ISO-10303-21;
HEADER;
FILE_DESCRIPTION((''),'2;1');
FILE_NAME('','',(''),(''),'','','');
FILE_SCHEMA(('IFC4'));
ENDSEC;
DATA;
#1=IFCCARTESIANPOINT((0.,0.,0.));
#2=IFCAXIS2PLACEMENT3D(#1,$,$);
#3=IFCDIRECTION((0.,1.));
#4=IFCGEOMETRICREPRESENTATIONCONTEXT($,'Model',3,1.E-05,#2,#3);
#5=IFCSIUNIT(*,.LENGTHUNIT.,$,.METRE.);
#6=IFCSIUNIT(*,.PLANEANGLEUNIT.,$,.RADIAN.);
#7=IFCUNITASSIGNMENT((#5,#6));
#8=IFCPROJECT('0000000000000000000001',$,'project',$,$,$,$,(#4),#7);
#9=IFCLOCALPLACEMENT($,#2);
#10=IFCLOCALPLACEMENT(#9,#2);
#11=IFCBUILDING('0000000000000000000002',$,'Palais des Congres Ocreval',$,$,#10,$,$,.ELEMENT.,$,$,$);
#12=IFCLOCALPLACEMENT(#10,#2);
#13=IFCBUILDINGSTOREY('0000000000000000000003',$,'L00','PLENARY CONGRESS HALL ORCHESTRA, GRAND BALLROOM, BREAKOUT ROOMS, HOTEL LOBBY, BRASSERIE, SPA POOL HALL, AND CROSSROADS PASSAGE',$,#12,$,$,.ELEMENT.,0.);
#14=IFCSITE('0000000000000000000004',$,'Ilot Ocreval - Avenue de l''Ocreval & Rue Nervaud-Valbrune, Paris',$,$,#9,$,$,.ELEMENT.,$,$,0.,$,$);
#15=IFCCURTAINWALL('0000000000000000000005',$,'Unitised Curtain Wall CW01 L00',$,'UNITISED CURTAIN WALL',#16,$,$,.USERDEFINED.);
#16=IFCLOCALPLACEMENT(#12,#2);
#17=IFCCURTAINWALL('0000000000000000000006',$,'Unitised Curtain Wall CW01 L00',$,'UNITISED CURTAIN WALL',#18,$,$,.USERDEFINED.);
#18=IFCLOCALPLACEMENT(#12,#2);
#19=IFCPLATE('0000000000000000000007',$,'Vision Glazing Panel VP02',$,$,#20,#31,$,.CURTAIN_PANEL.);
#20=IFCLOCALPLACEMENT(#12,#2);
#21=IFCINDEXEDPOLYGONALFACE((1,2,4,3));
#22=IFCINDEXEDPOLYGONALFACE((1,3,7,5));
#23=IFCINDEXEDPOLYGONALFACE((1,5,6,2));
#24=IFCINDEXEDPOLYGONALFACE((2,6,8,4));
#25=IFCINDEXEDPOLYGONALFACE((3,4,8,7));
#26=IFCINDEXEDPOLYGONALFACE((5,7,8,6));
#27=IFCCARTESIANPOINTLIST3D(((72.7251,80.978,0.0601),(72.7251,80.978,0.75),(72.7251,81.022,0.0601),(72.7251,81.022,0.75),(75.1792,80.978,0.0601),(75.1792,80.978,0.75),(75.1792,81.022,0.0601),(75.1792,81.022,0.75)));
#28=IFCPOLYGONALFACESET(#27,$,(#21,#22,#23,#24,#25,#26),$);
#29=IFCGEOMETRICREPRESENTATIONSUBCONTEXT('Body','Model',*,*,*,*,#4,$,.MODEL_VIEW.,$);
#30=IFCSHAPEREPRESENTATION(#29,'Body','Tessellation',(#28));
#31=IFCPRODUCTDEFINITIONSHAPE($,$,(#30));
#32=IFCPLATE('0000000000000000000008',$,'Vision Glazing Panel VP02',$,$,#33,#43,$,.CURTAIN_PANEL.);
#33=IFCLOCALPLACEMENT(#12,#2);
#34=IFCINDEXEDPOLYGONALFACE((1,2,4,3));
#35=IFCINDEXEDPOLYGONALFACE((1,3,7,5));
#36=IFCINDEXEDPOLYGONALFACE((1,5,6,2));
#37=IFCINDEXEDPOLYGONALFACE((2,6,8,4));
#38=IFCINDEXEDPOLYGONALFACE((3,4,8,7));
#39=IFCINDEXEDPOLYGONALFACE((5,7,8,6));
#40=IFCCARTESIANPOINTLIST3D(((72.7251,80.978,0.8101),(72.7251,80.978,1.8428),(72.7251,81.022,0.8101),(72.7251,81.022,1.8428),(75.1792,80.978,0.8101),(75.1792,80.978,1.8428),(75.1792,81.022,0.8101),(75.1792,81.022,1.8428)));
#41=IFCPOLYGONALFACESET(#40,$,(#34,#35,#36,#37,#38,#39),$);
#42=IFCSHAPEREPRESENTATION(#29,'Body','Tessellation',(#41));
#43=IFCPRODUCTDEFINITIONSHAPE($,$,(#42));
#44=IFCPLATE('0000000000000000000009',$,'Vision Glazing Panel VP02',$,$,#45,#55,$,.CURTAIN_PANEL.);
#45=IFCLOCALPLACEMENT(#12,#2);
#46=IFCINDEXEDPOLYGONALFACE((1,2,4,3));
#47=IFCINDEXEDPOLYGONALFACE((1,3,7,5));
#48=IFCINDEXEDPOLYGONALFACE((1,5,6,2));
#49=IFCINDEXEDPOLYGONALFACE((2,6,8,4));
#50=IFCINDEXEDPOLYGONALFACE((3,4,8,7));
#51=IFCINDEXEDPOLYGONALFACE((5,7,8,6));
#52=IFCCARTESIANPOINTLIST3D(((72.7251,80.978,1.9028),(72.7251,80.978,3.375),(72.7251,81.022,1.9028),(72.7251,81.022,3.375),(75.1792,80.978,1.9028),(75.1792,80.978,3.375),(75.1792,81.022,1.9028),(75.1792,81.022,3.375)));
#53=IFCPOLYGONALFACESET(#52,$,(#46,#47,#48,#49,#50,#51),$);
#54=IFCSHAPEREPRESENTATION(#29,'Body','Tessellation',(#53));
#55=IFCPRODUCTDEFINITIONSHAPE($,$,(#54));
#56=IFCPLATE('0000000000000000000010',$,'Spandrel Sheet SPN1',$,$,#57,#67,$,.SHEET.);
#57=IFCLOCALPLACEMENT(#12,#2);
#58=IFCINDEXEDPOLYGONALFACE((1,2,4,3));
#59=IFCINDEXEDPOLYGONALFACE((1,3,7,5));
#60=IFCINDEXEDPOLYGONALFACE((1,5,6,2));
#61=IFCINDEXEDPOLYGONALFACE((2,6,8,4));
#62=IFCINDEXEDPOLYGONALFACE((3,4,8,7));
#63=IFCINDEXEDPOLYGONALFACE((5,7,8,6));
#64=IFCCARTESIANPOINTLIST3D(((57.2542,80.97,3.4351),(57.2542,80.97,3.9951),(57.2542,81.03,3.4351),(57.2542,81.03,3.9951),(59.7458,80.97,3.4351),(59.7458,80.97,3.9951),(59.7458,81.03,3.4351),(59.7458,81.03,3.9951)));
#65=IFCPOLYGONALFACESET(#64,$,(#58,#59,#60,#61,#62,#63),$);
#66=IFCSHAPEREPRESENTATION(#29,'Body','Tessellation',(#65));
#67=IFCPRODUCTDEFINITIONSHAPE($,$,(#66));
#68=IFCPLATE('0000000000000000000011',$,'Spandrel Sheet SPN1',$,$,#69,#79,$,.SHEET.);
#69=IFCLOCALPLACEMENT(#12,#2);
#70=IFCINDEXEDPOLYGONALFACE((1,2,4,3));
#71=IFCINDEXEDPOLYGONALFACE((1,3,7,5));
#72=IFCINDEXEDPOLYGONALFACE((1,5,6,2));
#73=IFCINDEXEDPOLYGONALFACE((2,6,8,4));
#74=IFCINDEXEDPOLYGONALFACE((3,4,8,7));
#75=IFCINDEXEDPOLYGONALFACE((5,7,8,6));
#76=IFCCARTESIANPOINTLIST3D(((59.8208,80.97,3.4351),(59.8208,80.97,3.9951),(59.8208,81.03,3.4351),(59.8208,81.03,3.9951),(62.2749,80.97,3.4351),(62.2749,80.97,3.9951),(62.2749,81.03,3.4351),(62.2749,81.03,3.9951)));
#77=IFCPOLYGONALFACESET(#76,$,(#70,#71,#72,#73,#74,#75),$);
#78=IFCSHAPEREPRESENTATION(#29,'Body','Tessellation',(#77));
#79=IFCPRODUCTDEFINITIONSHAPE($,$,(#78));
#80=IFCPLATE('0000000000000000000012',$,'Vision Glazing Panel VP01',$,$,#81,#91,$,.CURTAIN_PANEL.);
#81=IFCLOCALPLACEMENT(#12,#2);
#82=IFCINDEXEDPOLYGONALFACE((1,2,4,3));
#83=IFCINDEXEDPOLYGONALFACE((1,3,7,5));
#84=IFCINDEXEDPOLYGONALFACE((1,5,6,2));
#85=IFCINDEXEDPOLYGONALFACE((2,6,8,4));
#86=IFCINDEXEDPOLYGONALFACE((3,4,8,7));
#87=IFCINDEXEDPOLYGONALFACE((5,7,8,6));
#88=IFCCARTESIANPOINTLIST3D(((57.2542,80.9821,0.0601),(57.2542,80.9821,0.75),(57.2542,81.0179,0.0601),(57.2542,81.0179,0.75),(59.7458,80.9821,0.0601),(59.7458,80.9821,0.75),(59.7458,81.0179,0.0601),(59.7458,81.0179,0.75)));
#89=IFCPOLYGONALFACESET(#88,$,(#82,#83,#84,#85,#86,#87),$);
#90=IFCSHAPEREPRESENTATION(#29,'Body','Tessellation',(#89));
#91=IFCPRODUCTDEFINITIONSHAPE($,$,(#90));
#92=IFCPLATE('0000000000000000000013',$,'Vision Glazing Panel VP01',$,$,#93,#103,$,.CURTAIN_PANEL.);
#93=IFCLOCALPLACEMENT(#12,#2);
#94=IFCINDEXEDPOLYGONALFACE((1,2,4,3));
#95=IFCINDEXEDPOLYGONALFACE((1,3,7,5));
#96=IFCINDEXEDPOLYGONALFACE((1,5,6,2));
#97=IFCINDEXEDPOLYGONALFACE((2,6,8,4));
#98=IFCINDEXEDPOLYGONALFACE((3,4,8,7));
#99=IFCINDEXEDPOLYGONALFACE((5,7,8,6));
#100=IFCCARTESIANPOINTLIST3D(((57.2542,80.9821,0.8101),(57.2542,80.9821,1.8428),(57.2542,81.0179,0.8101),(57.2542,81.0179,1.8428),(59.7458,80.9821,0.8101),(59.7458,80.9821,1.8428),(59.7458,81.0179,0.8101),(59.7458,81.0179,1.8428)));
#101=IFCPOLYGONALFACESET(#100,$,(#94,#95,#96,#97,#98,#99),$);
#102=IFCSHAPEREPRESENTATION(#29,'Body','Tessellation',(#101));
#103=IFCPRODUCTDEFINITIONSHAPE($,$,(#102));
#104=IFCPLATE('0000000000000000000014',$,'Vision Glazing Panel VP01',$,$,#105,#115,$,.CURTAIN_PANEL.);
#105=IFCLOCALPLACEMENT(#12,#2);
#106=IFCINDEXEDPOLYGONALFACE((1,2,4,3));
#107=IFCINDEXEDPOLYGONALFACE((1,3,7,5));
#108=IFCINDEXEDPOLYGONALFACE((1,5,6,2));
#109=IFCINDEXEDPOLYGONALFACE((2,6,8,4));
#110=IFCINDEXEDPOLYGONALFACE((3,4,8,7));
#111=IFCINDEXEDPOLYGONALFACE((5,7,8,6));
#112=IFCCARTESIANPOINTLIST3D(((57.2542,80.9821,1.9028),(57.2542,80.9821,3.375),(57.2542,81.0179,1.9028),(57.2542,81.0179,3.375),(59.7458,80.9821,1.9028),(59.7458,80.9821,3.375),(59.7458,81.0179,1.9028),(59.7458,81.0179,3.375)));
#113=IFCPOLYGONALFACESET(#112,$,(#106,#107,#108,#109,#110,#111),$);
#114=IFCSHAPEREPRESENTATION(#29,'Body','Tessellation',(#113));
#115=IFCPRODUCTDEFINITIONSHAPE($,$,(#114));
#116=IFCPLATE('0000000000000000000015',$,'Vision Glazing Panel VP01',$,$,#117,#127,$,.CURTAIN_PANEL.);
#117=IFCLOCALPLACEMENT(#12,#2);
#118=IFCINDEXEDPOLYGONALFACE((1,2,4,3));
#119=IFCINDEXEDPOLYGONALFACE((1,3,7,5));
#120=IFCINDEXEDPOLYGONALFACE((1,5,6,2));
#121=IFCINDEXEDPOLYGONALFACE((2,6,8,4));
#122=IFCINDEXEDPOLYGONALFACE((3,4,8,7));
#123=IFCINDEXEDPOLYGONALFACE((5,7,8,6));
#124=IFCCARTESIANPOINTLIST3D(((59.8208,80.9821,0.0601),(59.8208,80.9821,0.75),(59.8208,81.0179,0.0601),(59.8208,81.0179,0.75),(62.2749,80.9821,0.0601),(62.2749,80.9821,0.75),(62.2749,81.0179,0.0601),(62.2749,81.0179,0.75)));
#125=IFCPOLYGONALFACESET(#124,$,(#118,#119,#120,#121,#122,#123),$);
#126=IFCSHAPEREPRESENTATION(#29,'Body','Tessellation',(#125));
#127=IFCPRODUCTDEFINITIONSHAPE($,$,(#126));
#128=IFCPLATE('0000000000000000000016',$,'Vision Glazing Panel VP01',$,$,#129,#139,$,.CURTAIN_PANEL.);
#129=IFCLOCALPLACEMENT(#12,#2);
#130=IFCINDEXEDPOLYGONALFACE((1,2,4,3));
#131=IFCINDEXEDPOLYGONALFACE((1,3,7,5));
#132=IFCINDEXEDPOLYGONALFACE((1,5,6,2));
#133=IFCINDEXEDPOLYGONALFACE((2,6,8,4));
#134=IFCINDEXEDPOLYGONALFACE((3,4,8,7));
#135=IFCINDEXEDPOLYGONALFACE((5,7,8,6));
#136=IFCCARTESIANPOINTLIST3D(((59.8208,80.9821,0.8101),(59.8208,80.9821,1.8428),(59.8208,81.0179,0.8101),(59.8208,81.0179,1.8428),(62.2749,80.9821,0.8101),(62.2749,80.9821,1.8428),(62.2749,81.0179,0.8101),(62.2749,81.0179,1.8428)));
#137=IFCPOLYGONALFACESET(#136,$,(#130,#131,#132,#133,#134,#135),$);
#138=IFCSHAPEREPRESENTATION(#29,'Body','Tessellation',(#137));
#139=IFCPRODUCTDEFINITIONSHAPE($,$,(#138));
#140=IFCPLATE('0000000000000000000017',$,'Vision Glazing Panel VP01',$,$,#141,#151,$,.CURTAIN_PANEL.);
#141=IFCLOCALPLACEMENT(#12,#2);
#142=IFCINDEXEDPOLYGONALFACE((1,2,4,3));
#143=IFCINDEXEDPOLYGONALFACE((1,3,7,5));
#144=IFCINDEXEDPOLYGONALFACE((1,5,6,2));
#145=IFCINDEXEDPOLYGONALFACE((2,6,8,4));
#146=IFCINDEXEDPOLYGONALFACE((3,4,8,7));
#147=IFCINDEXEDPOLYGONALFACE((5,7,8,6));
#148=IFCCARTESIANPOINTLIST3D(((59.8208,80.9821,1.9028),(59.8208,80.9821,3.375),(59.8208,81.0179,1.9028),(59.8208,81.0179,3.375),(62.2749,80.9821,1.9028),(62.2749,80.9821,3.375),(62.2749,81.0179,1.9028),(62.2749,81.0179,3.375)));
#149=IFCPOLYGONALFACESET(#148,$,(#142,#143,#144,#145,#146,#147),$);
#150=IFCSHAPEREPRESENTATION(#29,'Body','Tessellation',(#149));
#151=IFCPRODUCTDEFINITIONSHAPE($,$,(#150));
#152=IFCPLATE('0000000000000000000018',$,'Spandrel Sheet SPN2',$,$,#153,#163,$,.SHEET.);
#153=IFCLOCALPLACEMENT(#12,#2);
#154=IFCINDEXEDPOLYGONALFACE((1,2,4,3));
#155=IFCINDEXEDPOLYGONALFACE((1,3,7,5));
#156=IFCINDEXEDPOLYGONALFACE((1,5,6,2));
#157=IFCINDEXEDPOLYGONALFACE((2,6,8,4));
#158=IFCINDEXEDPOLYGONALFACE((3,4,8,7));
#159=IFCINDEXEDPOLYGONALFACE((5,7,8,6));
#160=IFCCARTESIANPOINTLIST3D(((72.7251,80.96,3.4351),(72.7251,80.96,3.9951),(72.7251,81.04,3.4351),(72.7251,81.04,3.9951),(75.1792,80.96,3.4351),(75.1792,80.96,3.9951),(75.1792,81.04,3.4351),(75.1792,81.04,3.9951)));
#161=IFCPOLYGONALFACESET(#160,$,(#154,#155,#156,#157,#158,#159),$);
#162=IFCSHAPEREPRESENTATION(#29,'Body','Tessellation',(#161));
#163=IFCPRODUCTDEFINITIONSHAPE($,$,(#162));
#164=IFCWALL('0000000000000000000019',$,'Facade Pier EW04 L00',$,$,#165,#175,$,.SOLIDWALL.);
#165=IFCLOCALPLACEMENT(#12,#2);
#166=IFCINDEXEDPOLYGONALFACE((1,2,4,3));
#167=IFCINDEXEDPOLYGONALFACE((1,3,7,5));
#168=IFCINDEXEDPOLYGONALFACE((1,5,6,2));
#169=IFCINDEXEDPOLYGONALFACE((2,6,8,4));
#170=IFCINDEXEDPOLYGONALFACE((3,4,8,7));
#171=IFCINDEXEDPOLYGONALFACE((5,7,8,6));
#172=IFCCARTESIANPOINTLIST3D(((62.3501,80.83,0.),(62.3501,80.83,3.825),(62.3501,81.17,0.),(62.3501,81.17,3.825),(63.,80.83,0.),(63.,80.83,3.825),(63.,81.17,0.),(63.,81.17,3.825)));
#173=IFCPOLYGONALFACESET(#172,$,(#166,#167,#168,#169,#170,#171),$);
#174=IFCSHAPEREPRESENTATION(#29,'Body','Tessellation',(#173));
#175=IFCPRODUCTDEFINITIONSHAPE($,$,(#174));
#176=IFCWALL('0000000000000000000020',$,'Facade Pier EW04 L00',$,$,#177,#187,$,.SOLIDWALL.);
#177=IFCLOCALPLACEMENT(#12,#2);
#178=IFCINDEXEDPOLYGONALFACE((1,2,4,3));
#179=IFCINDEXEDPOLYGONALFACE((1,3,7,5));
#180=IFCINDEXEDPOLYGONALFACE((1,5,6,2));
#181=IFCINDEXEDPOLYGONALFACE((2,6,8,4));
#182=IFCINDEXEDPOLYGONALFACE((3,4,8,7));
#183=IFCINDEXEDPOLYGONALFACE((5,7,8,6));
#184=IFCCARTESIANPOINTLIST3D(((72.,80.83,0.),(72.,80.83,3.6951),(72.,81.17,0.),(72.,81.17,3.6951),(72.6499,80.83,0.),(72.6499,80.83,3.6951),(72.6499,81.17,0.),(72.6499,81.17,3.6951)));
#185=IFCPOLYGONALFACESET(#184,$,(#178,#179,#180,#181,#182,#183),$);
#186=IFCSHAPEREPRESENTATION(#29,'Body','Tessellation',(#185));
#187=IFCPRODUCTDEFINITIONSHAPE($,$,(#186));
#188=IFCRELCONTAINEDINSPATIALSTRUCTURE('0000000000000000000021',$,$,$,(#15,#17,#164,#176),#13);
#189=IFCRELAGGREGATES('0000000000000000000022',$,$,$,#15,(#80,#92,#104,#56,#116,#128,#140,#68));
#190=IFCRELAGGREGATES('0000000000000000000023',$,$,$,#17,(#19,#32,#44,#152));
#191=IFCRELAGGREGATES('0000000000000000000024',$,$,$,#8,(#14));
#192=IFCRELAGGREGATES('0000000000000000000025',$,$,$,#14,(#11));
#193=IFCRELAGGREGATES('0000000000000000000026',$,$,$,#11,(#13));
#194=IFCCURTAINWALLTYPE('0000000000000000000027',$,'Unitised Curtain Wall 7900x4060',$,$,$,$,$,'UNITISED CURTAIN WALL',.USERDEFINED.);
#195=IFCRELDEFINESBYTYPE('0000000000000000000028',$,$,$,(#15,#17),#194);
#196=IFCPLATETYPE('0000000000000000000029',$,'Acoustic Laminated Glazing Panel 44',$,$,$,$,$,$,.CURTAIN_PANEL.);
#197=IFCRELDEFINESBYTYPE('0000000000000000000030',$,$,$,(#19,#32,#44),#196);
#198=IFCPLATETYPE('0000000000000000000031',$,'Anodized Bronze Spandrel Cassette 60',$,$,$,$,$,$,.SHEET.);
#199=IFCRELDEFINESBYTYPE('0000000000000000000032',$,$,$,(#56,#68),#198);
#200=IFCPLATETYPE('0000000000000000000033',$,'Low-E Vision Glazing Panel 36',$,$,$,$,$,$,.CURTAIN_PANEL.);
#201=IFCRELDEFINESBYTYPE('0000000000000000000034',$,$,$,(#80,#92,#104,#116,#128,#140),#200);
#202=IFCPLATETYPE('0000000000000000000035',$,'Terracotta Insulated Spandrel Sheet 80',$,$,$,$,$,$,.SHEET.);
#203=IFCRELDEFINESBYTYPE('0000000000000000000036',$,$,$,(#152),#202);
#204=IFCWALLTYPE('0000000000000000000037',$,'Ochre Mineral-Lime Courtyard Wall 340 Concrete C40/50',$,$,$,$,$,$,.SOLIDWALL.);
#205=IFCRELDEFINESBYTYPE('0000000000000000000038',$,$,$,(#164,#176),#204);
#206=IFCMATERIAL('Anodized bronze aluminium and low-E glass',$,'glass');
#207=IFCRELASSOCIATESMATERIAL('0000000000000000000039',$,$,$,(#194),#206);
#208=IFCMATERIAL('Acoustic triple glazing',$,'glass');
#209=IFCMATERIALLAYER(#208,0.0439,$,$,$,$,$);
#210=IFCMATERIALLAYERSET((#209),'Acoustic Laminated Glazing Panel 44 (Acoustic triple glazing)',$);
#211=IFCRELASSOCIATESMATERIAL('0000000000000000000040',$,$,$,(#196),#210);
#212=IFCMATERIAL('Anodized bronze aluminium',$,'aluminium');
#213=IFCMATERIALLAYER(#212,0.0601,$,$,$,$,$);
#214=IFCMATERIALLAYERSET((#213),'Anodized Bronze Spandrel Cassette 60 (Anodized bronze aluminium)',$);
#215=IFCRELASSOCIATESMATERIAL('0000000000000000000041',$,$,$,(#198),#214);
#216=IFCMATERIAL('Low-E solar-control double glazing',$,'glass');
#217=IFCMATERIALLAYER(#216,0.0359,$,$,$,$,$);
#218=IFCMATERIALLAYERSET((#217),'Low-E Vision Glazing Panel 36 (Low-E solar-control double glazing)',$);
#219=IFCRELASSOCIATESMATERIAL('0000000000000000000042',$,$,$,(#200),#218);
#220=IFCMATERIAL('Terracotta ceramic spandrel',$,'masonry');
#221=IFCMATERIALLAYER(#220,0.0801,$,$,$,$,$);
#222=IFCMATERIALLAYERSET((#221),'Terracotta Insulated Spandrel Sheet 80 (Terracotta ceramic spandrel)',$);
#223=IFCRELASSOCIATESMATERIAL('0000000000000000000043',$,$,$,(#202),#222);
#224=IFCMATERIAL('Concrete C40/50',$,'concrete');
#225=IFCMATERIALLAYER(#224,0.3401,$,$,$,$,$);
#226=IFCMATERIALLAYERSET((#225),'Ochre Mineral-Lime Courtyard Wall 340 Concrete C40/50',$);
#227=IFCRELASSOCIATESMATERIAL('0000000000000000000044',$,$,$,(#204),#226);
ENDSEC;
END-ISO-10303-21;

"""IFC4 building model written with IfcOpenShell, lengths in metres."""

from ifc_helpers import new_model, si_unit, direction, frame, frame_2d, origin, origin_2d, place, context, subcontext, project, spatial, rectangle, extrude, material, layer, layer_set, type_object, element, aggregate, save


model = new_model("IFC4")

# Units and contexts
model_context = context("Model", 3, precision=1e-05, world=origin(), true_north=direction((0.0, 1.0)))
body_context = subcontext(model_context, "Body", "Model", "MODEL_VIEW")
ifc_project = project(units=[si_unit("LENGTHUNIT", "METRE"), si_unit("PLANEANGLEUNIT", "RADIAN")], contexts=[model_context])

# Site, building, storey
site_placement = place(None, origin())
site = spatial("IfcSite", under=ifc_project, at=site_placement, Name="Ilot Ocreval - Avenue de l'Ocreval & Rue Nervaud-Valbrune, Paris", CompositionType="ELEMENT", RefElevation=0.0)
building_placement = place(site_placement, origin())
building = spatial("IfcBuilding", under=site, at=building_placement, Name="Palais des Congres Ocreval", CompositionType="ELEMENT")
storey_placement = place(building_placement, origin())
storey = spatial("IfcBuildingStorey", under=building, at=storey_placement, Name="L00", Description="PLENARY CONGRESS HALL ORCHESTRA, GRAND BALLROOM, BREAKOUT ROOMS, HOTEL LOBBY, BRASSERIE, SPA POOL HALL, AND CROSSROADS PASSAGE", CompositionType="ELEMENT", Elevation=0.0)

# Curtain wall
ifc_material_1 = material(Name="Anodized bronze aluminium and low-E glass", Category="glass")
curtain_wall_type = type_object("IfcCurtainWallType", Name="Unitised Curtain Wall 7900x4060", ElementType="UNITISED CURTAIN WALL", PredefinedType="USERDEFINED", material=ifc_material_1)
curtain_wall_1_placement = place(storey_placement, origin())
curtain_wall_1 = element("IfcCurtainWall", 1, at=curtain_wall_1_placement, inside=storey, type_object=curtain_wall_type, Name="Unitised Curtain Wall CW01 L00", ObjectType="UNITISED CURTAIN WALL", PredefinedType="USERDEFINED")
ifc_material_2 = material(Name="Anodized bronze aluminium", Category="aluminium")

# Curtain wall
curtain_wall_2_placement = place(storey_placement, origin())
curtain_wall_2 = element("IfcCurtainWall", 2, at=curtain_wall_2_placement, inside=storey, type_object=curtain_wall_type, Name="Unitised Curtain Wall CW01 L00", ObjectType="UNITISED CURTAIN WALL", PredefinedType="USERDEFINED")

# Plates
ifc_material_3 = material(Name="Acoustic triple glazing", Category="glass")
ifc_layer_1 = layer(ifc_material_3, 0.0439)
ifc_layer_set_1 = layer_set([ifc_layer_1], Name="Acoustic Laminated Glazing Panel 44 (Acoustic triple glazing)")
plate_type_1 = type_object("IfcPlateType", Name="Acoustic Laminated Glazing Panel 44", PredefinedType="CURTAIN_PANEL", material=ifc_layer_set_1)
plate_1_placement = place(storey_placement, frame((73.9521, 81.0, 0.0601), z_axis=(0.0, 0.0, 1.0), x_axis=(1.0, 0.0, 0.0)))
plate_1 = element("IfcPlate", 3, at=plate_1_placement, type_object=plate_type_1, Name="Vision Glazing Panel VP02", PredefinedType="CURTAIN_PANEL", context=body_context, shape_type="SweptSolid", body=[
    extrude(rectangle(XDim=2.4541, YDim=0.0439, at=origin_2d()), origin(), (0.0, 0.0, 1.0), 0.6899),
])
plate_2_placement = place(storey_placement, frame((73.9521, 81.0, 0.8101), z_axis=(0.0, 0.0, 1.0), x_axis=(1.0, 0.0, 0.0)))
plate_2 = element("IfcPlate", 4, at=plate_2_placement, type_object=plate_type_1, Name="Vision Glazing Panel VP02", PredefinedType="CURTAIN_PANEL", context=body_context, shape_type="SweptSolid", body=[
    extrude(rectangle(XDim=2.4541, YDim=0.0439, at=origin_2d()), origin(), (0.0, 0.0, 1.0), 1.0327),
])
plate_3_placement = place(storey_placement, frame((73.9521, 81.0, 1.9028), z_axis=(0.0, 0.0, 1.0), x_axis=(1.0, 0.0, 0.0)))
plate_3 = element("IfcPlate", 5, at=plate_3_placement, type_object=plate_type_1, Name="Vision Glazing Panel VP02", PredefinedType="CURTAIN_PANEL", context=body_context, shape_type="SweptSolid", body=[
    extrude(rectangle(XDim=2.4541, YDim=0.0439, at=origin_2d()), origin(), (0.0, 0.0, 1.0), 1.4722),
])
ifc_layer_2 = layer(ifc_material_2, 0.0601)
ifc_layer_set_2 = layer_set([ifc_layer_2], Name="Anodized Bronze Spandrel Cassette 60 (Anodized bronze aluminium)")
plate_type_2 = type_object("IfcPlateType", Name="Anodized Bronze Spandrel Cassette 60", PredefinedType="SHEET", material=ifc_layer_set_2)
plate_4_placement = place(storey_placement, frame((58.5, 81.0, 3.4351), z_axis=(0.0, 0.0, 1.0), x_axis=(1.0, 0.0, 0.0)))
plate_4 = element("IfcPlate", 6, at=plate_4_placement, type_object=plate_type_2, Name="Spandrel Sheet SPN1", PredefinedType="SHEET", context=body_context, shape_type="SweptSolid", body=[
    extrude(rectangle(XDim=2.4917, YDim=0.0601, at=origin_2d()), origin(), (0.0, 0.0, 1.0), 0.5601),
])
plate_5_placement = place(storey_placement, frame((61.0479, 81.0, 3.4351), z_axis=(0.0, 0.0, 1.0), x_axis=(1.0, 0.0, 0.0)))
plate_5 = element("IfcPlate", 7, at=plate_5_placement, type_object=plate_type_2, Name="Spandrel Sheet SPN1", PredefinedType="SHEET", context=body_context, shape_type="SweptSolid", body=[
    extrude(rectangle(XDim=2.4541, YDim=0.0601, at=origin_2d()), origin(), (0.0, 0.0, 1.0), 0.5601),
])
ifc_material_4 = material(Name="Low-E solar-control double glazing", Category="glass")
ifc_layer_3 = layer(ifc_material_4, 0.0359)
ifc_layer_set_3 = layer_set([ifc_layer_3], Name="Low-E Vision Glazing Panel 36 (Low-E solar-control double glazing)")
plate_type_3 = type_object("IfcPlateType", Name="Low-E Vision Glazing Panel 36", PredefinedType="CURTAIN_PANEL", material=ifc_layer_set_3)
plate_6_placement = place(storey_placement, frame((58.5, 81.0, 0.0601), z_axis=(0.0, 0.0, 1.0), x_axis=(1.0, 0.0, 0.0)))
plate_6 = element("IfcPlate", 8, at=plate_6_placement, type_object=plate_type_3, Name="Vision Glazing Panel VP01", PredefinedType="CURTAIN_PANEL", context=body_context, shape_type="SweptSolid", body=[
    extrude(rectangle(XDim=2.4917, YDim=0.0359, at=origin_2d()), origin(), (0.0, 0.0, 1.0), 0.6899),
])
plate_7_placement = place(storey_placement, frame((58.5, 81.0, 0.8101), z_axis=(0.0, 0.0, 1.0), x_axis=(1.0, 0.0, 0.0)))
plate_7 = element("IfcPlate", 9, at=plate_7_placement, type_object=plate_type_3, Name="Vision Glazing Panel VP01", PredefinedType="CURTAIN_PANEL", context=body_context, shape_type="SweptSolid", body=[
    extrude(rectangle(XDim=2.4917, YDim=0.0359, at=origin_2d()), origin(), (0.0, 0.0, 1.0), 1.0327),
])
plate_8_placement = place(storey_placement, frame((58.5, 81.0, 1.9028), z_axis=(0.0, 0.0, 1.0), x_axis=(1.0, 0.0, 0.0)))
plate_8 = element("IfcPlate", 10, at=plate_8_placement, type_object=plate_type_3, Name="Vision Glazing Panel VP01", PredefinedType="CURTAIN_PANEL", context=body_context, shape_type="SweptSolid", body=[
    extrude(rectangle(XDim=2.4917, YDim=0.0359, at=origin_2d()), origin(), (0.0, 0.0, 1.0), 1.4722),
])
plate_9_placement = place(storey_placement, frame((61.0479, 81.0, 0.0601), z_axis=(0.0, 0.0, 1.0), x_axis=(1.0, 0.0, 0.0)))
plate_9 = element("IfcPlate", 11, at=plate_9_placement, type_object=plate_type_3, Name="Vision Glazing Panel VP01", PredefinedType="CURTAIN_PANEL", context=body_context, shape_type="SweptSolid", body=[
    extrude(rectangle(XDim=2.4541, YDim=0.0359, at=origin_2d()), origin(), (0.0, 0.0, 1.0), 0.6899),
])
plate_10_placement = place(storey_placement, frame((61.0479, 81.0, 0.8101), z_axis=(0.0, 0.0, 1.0), x_axis=(1.0, 0.0, 0.0)))
plate_10 = element("IfcPlate", 12, at=plate_10_placement, type_object=plate_type_3, Name="Vision Glazing Panel VP01", PredefinedType="CURTAIN_PANEL", context=body_context, shape_type="SweptSolid", body=[
    extrude(rectangle(XDim=2.4541, YDim=0.0359, at=origin_2d()), origin(), (0.0, 0.0, 1.0), 1.0327),
])
plate_11_placement = place(storey_placement, frame((61.0479, 81.0, 1.9028), z_axis=(0.0, 0.0, 1.0), x_axis=(1.0, 0.0, 0.0)))
plate_11 = element("IfcPlate", 13, at=plate_11_placement, type_object=plate_type_3, Name="Vision Glazing Panel VP01", PredefinedType="CURTAIN_PANEL", context=body_context, shape_type="SweptSolid", body=[
    extrude(rectangle(XDim=2.4541, YDim=0.0359, at=origin_2d()), origin(), (0.0, 0.0, 1.0), 1.4722),
])
aggregate(curtain_wall_1, [plate_6, plate_7, plate_8, plate_4, plate_9, plate_10, plate_11, plate_5])
ifc_material_5 = material(Name="Terracotta ceramic spandrel", Category="masonry")
ifc_layer_4 = layer(ifc_material_5, 0.0801)
ifc_layer_set_4 = layer_set([ifc_layer_4], Name="Terracotta Insulated Spandrel Sheet 80 (Terracotta ceramic spandrel)")
plate_type_4 = type_object("IfcPlateType", Name="Terracotta Insulated Spandrel Sheet 80", PredefinedType="SHEET", material=ifc_layer_set_4)
plate_12_placement = place(storey_placement, frame((73.9521, 81.0, 3.4351), z_axis=(0.0, 0.0, 1.0), x_axis=(1.0, 0.0, 0.0)))
plate_12 = element("IfcPlate", 14, at=plate_12_placement, type_object=plate_type_4, Name="Spandrel Sheet SPN2", PredefinedType="SHEET", context=body_context, shape_type="SweptSolid", body=[
    extrude(rectangle(XDim=2.4541, YDim=0.0801, at=origin_2d()), origin(), (0.0, 0.0, 1.0), 0.5601),
])
aggregate(curtain_wall_2, [plate_1, plate_2, plate_3, plate_12])

# Walls
ifc_material_6 = material(Name="Concrete C40/50", Category="concrete")
ifc_layer_5 = layer(ifc_material_6, 0.3401)
ifc_layer_set_5 = layer_set([ifc_layer_5], Name="Ochre Mineral-Lime Courtyard Wall 340 Concrete C40/50")
wall_type_1 = type_object("IfcWallType", Name="Ochre Mineral-Lime Courtyard Wall 340 Concrete C40/50", PredefinedType="SOLIDWALL", material=ifc_layer_set_5)
wall_1_placement = place(storey_placement, frame((62.3501, 81.0, 0.0), z_axis=(0.0, 0.0, 1.0), x_axis=(1.0, 0.0, 0.0)))
element("IfcWall", 15, at=wall_1_placement, inside=storey, type_object=wall_type_1, Name="Facade Pier EW04 L00", PredefinedType="SOLIDWALL", context=body_context, shape_type="SweptSolid", body=[
    extrude(rectangle(XDim=0.6499, YDim=0.3401, at=frame_2d((0.325, 0.0))), origin(), (0.0, 0.0, 1.0), 3.825),
])
wall_2_placement = place(storey_placement, frame((72.0, 81.0, 0.0), z_axis=(0.0, 0.0, 1.0), x_axis=(1.0, 0.0, 0.0)))
element("IfcWall", 16, at=wall_2_placement, inside=storey, type_object=wall_type_1, Name="Facade Pier EW04 L00", PredefinedType="SOLIDWALL", context=body_context, shape_type="SweptSolid", body=[
    extrude(rectangle(XDim=0.6499, YDim=0.3401, at=frame_2d((0.325, 0.0))), origin(), (0.0, 0.0, 1.0), 3.6951),
])

save(model, "model.ifc")
